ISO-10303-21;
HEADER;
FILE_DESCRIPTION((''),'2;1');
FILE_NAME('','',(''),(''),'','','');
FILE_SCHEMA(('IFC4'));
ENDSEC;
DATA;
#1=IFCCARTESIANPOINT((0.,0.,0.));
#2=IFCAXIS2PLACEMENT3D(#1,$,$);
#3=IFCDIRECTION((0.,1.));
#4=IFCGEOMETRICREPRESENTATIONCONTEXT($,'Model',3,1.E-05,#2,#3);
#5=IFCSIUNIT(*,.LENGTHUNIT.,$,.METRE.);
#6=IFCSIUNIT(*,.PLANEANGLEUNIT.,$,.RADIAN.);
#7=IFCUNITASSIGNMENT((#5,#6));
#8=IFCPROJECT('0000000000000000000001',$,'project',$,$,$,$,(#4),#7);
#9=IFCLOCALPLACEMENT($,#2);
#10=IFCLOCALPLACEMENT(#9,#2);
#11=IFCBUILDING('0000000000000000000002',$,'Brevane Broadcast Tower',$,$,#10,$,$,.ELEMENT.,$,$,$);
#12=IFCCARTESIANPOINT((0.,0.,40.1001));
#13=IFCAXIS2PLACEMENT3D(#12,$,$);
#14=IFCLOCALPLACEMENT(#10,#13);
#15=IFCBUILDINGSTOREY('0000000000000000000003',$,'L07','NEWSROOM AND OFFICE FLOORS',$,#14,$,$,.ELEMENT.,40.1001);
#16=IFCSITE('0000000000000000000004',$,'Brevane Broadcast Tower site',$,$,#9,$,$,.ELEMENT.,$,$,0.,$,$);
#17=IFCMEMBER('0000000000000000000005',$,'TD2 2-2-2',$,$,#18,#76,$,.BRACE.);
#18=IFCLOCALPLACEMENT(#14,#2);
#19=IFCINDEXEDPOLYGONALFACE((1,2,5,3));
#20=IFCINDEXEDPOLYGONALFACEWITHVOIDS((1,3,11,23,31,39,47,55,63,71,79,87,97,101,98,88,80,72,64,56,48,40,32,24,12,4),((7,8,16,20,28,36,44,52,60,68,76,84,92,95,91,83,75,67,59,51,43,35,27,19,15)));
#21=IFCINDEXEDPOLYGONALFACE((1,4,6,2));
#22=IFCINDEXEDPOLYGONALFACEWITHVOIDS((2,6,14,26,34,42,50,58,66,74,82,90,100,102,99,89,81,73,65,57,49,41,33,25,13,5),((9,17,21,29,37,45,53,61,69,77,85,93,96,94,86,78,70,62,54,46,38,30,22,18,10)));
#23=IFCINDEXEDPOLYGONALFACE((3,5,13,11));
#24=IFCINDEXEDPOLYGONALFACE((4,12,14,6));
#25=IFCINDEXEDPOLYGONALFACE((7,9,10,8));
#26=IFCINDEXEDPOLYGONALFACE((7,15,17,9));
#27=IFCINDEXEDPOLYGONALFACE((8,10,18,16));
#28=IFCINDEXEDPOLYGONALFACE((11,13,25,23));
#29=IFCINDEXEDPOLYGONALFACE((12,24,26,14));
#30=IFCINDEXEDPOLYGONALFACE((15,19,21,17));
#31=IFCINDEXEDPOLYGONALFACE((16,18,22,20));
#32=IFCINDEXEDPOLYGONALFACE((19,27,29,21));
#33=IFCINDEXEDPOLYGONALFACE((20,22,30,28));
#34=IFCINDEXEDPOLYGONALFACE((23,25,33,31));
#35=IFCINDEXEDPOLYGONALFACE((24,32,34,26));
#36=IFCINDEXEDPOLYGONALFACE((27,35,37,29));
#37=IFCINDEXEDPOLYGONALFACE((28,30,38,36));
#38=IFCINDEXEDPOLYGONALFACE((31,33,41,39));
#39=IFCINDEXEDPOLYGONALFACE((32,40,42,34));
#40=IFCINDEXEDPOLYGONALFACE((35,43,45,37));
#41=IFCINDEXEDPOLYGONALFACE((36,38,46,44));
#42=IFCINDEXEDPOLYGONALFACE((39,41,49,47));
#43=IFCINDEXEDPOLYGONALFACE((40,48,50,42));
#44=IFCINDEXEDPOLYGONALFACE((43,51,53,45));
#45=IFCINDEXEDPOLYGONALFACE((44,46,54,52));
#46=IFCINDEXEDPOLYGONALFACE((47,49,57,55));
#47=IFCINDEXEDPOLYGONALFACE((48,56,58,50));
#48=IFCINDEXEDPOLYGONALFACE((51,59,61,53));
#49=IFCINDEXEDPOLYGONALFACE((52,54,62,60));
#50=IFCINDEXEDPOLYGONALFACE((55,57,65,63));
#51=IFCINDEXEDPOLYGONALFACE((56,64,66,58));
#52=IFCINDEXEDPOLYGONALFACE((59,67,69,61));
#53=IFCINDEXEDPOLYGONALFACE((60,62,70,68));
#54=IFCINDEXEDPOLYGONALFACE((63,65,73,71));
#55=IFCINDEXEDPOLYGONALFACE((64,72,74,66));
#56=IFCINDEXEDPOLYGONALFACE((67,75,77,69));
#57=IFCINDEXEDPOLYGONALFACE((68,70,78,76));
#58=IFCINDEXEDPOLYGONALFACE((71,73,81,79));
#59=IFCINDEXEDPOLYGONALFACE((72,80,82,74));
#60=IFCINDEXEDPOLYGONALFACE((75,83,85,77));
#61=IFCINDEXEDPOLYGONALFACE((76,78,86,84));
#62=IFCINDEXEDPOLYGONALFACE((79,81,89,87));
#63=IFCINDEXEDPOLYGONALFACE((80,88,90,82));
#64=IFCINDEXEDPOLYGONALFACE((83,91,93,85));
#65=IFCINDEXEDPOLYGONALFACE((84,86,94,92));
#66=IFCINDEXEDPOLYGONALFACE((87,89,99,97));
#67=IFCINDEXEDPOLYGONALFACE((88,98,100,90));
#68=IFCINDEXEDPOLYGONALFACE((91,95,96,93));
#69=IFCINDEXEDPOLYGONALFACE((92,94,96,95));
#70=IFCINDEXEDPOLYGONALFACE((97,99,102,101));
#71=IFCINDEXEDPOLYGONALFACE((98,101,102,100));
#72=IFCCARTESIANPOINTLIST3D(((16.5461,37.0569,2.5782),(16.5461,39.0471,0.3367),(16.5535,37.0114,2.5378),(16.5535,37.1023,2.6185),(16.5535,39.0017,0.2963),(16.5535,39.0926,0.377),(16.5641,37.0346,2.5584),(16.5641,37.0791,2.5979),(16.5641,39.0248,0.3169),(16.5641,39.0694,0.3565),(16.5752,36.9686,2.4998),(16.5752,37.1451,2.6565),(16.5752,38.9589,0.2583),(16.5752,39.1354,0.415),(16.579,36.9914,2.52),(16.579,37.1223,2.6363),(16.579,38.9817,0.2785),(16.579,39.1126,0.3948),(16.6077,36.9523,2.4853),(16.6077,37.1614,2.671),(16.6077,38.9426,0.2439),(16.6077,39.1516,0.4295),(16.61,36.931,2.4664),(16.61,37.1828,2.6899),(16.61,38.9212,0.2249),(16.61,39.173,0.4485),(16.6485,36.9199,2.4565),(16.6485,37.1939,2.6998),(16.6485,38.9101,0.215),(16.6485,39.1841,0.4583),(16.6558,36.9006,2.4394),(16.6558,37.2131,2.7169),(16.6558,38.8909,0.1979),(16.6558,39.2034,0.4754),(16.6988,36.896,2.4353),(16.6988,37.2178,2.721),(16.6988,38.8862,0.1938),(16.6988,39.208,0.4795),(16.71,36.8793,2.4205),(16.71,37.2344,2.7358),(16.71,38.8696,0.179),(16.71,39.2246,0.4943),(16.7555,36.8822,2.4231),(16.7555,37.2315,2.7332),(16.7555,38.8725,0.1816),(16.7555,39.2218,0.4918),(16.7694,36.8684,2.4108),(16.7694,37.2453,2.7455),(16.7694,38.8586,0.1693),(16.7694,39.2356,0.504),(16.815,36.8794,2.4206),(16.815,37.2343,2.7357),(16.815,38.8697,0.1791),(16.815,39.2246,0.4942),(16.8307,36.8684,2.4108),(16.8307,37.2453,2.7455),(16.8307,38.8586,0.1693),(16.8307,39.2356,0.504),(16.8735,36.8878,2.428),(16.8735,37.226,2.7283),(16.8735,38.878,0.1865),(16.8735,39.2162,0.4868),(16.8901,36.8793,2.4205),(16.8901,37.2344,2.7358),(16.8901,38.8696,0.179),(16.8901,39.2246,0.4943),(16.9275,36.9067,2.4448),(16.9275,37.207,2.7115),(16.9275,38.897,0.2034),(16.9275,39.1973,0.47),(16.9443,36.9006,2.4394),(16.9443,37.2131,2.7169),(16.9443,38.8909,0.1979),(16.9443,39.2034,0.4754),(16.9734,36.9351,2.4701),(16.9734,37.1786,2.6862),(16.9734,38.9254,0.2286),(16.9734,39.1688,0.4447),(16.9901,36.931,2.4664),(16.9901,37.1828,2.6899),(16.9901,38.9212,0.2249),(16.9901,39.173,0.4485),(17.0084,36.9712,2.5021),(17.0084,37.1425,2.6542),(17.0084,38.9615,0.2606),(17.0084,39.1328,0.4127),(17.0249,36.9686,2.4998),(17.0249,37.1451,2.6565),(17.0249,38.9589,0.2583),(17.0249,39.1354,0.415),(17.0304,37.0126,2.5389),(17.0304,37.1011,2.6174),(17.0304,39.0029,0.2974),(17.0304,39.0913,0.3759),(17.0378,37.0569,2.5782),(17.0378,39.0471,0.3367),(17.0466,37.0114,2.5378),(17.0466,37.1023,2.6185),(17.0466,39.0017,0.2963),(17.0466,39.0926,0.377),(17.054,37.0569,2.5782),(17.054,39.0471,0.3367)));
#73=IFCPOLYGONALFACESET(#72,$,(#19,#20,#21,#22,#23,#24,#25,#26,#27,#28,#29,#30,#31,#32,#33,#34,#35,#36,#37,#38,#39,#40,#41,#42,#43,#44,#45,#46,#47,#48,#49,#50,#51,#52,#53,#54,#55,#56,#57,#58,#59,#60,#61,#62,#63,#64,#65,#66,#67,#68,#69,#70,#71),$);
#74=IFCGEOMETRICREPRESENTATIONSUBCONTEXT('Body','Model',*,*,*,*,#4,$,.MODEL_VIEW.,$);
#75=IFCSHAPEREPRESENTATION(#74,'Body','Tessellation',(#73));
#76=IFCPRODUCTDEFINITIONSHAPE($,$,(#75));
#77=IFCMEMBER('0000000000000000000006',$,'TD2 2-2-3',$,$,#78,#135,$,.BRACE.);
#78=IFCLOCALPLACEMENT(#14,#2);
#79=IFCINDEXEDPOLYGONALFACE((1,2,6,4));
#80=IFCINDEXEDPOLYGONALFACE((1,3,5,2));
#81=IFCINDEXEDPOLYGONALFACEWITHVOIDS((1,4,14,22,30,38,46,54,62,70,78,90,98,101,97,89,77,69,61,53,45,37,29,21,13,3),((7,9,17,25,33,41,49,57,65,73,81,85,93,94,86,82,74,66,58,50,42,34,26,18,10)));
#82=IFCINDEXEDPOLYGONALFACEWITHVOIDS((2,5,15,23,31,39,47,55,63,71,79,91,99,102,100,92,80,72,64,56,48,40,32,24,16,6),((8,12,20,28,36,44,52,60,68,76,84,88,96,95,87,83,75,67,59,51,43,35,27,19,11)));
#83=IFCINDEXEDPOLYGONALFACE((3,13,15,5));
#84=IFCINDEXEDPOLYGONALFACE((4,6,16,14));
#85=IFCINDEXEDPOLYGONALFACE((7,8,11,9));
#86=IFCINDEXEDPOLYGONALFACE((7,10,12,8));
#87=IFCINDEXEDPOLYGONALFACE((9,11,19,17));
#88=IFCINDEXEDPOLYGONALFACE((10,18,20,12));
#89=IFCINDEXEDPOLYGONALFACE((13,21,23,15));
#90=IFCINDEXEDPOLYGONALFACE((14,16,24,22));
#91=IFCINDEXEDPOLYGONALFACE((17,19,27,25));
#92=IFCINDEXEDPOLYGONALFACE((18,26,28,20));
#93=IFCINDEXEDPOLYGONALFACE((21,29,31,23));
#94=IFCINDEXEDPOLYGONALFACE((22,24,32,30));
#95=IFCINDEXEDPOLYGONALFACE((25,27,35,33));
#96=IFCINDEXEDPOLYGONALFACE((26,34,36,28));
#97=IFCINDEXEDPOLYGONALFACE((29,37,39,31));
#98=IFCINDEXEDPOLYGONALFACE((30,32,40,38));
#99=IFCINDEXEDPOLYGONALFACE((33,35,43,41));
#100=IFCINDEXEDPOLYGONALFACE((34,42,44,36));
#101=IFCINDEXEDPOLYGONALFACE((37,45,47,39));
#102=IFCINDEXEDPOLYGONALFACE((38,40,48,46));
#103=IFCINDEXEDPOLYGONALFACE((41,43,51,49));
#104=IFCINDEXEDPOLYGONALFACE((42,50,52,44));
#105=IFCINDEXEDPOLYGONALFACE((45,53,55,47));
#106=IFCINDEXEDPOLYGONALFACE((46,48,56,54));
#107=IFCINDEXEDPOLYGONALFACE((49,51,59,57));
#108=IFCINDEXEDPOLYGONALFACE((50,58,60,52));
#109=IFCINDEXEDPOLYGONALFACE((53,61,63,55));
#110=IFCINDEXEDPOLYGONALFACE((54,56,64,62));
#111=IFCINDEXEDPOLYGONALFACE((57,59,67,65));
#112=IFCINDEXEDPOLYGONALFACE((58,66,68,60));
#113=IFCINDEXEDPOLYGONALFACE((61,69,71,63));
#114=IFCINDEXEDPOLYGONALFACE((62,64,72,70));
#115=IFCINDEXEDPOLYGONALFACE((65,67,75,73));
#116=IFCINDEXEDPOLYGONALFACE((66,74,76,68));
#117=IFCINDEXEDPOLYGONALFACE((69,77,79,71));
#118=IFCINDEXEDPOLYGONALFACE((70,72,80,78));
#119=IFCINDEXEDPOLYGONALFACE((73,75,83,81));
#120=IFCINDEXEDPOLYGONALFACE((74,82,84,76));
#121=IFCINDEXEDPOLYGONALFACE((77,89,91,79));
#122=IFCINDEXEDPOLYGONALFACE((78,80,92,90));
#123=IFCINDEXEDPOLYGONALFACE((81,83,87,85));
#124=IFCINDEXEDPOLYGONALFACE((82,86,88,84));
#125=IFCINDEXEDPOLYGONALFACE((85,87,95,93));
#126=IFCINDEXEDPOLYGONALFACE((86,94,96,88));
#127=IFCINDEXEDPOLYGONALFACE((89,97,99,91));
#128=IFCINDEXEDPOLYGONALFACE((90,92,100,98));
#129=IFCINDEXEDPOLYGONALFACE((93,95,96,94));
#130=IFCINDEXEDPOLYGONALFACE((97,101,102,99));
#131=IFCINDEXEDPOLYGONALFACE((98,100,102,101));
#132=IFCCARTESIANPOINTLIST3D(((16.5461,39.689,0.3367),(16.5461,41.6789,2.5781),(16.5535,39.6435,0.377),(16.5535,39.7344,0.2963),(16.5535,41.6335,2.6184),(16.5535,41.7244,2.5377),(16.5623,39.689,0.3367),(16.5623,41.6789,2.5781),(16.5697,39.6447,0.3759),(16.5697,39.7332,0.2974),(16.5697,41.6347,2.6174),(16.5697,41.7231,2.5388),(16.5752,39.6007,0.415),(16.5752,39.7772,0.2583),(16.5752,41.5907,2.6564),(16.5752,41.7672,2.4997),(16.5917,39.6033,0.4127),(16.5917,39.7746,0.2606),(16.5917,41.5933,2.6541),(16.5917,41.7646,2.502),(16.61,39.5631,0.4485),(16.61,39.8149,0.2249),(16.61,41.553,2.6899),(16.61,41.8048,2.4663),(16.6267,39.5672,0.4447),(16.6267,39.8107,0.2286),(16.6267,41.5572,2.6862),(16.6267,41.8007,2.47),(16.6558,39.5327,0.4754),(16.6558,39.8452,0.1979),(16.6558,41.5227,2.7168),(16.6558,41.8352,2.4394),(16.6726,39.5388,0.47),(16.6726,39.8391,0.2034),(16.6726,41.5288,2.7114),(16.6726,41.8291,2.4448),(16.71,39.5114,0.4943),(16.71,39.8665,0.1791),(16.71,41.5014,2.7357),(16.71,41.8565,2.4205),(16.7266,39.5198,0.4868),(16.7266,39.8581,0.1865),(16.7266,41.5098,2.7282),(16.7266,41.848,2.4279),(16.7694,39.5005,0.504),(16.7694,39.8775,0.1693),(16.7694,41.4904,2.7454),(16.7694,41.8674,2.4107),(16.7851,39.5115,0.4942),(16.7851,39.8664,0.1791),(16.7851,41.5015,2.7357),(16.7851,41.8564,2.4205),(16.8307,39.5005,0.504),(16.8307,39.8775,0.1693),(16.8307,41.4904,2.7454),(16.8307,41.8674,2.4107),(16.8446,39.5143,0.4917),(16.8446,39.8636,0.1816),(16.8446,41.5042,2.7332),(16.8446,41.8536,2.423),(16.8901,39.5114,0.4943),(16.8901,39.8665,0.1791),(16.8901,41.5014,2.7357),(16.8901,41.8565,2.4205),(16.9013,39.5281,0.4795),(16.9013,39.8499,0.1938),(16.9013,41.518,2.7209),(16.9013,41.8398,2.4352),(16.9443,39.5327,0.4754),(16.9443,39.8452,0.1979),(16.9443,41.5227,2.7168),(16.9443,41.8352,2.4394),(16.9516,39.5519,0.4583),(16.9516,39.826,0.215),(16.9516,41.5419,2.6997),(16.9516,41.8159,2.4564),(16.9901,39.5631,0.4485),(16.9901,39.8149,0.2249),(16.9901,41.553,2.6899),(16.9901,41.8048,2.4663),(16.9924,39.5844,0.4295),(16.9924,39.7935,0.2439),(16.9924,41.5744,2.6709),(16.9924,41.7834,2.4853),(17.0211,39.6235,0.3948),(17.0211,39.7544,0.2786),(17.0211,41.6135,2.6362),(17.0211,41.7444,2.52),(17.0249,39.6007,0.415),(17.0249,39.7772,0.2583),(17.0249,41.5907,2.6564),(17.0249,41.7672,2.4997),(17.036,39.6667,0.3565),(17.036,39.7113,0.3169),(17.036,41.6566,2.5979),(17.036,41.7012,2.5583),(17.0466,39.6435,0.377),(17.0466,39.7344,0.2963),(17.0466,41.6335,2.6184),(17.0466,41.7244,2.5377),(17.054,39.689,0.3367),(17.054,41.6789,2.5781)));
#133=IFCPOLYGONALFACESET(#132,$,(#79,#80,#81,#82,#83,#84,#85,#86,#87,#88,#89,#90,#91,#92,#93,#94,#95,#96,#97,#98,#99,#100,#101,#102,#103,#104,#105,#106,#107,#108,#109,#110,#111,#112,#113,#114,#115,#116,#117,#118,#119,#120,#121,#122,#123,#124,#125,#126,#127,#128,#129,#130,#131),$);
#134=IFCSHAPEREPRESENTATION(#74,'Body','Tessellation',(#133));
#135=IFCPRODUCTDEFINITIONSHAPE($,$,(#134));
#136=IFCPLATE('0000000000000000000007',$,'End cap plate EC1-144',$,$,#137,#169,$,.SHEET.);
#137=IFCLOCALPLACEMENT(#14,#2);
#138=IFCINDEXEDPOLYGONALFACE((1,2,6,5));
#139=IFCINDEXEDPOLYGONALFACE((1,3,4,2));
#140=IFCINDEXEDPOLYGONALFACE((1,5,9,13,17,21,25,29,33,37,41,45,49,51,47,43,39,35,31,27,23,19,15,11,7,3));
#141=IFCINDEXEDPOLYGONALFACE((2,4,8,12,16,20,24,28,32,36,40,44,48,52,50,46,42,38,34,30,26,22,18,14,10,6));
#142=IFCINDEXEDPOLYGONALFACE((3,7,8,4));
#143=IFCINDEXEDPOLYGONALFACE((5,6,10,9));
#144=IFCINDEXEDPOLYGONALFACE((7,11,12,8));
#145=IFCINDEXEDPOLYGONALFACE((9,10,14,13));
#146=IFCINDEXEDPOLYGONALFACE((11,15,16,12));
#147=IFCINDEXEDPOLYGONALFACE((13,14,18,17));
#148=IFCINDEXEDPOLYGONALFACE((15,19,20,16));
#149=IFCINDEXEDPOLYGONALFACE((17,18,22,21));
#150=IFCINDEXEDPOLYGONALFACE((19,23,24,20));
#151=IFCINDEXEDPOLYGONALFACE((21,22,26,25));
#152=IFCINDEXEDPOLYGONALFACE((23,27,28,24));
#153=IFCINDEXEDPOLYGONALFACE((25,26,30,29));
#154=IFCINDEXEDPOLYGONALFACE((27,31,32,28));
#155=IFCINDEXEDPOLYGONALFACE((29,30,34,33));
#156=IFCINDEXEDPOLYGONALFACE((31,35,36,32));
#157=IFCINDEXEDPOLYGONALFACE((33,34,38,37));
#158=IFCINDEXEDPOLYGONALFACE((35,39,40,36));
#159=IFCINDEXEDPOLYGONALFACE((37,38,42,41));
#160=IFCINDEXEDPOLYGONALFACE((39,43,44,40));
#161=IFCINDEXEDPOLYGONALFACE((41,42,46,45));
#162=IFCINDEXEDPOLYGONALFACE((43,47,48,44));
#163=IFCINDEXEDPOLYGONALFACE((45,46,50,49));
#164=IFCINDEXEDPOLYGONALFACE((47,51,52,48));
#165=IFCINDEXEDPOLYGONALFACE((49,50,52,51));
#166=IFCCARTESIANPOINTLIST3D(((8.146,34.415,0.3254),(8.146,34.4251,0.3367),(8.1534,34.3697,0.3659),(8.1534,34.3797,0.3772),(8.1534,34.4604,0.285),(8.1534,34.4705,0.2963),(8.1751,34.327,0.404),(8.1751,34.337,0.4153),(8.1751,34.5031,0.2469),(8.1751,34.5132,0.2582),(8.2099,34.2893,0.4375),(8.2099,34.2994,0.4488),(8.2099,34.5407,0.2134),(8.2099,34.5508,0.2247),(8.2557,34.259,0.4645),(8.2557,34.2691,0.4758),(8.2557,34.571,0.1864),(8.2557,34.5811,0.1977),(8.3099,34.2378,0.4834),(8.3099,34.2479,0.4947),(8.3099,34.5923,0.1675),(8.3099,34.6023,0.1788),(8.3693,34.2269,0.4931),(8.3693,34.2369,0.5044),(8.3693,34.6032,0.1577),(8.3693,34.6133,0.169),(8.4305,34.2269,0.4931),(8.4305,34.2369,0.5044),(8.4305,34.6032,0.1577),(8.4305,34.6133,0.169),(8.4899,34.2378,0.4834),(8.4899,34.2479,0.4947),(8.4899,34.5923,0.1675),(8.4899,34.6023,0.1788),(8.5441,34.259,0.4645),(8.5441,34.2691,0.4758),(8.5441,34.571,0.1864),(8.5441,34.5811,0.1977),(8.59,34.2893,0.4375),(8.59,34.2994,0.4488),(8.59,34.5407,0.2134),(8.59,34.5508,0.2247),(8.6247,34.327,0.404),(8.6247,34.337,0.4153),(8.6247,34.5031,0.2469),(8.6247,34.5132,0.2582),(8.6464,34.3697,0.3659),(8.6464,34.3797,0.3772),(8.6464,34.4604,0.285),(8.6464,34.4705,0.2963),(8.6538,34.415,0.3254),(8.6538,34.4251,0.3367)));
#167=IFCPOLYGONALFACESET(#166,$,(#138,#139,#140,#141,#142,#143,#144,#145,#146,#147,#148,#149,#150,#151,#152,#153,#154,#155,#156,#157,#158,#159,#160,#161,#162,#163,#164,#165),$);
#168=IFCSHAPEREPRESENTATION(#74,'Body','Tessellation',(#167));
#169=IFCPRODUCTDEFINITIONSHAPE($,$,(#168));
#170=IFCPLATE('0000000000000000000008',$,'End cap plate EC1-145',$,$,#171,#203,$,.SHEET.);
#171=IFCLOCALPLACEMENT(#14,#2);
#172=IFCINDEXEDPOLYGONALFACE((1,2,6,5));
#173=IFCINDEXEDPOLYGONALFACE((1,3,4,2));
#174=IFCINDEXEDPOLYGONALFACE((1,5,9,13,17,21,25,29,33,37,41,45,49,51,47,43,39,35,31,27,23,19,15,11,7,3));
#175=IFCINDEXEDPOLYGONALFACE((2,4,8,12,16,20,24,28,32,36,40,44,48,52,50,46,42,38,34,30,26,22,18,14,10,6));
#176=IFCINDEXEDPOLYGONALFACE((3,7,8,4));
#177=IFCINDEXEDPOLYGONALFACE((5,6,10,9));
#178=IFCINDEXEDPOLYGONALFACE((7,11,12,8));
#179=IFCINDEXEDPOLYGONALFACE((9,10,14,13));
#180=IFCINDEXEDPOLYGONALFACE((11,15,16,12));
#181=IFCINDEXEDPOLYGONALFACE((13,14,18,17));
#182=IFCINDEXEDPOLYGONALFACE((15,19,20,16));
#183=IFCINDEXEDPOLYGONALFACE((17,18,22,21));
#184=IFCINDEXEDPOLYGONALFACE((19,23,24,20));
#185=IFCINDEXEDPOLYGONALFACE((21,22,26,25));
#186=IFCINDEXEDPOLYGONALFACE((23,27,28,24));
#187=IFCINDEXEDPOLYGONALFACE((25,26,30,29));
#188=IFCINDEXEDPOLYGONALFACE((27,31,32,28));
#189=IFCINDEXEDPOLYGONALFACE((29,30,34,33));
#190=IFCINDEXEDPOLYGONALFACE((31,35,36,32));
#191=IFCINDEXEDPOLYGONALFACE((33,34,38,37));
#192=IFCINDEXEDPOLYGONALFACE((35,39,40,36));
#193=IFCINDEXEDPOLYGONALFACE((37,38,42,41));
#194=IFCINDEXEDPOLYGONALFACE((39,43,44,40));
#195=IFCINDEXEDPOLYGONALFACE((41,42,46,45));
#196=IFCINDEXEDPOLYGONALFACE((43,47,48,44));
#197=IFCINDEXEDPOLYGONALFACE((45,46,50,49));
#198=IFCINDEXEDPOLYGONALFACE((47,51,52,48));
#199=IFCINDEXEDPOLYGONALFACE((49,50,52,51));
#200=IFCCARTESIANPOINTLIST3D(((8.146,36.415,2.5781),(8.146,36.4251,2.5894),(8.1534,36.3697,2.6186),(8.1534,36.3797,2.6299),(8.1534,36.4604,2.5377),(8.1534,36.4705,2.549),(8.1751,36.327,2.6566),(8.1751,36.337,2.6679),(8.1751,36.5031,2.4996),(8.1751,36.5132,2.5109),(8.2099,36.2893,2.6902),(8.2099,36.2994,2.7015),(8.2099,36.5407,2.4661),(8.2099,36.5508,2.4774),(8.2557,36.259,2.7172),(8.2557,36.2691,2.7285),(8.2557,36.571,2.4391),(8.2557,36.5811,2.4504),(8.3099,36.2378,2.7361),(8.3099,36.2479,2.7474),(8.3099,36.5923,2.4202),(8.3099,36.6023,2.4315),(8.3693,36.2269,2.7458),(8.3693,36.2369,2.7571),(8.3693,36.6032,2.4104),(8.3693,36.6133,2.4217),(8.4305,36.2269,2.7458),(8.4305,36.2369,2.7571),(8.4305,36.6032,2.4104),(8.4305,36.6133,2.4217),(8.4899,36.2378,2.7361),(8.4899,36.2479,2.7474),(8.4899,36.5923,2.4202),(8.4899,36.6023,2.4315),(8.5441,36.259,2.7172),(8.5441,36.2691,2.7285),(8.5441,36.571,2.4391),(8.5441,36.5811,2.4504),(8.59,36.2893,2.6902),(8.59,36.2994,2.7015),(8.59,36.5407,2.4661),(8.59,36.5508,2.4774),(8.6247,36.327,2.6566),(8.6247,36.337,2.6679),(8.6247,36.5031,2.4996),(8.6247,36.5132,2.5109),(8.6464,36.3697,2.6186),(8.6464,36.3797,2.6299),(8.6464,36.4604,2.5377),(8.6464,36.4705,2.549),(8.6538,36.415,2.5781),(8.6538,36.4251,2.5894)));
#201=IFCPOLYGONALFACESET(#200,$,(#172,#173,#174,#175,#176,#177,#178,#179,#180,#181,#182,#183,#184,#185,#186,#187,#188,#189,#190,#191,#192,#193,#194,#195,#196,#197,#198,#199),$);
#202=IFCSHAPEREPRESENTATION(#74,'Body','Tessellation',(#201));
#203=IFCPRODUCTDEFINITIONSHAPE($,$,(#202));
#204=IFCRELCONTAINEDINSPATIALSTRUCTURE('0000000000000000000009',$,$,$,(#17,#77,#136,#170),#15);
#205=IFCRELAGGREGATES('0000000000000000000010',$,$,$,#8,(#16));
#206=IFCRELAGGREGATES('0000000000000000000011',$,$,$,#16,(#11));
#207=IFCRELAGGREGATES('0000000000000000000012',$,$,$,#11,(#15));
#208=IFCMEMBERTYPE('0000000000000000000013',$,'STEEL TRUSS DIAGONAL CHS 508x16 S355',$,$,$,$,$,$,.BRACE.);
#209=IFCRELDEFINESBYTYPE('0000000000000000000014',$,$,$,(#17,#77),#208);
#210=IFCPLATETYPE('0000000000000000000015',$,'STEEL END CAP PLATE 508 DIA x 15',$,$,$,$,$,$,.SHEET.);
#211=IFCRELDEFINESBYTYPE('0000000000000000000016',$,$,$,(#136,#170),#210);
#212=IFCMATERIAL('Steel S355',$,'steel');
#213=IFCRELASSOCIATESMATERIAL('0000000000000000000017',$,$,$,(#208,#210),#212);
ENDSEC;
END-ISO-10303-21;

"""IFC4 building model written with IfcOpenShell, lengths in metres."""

from ifc_helpers import new_model, si_unit, direction, frame, origin, origin_2d, place, context, subcontext, project, spatial, circle, hollow_circle, extrude, material, material_profile, profile_set, type_object, element, save


model = new_model("IFC4")

# Units and contexts
model_context = context("Model", 3, precision=1e-05, world=origin(), true_north=direction((0.0, 1.0)))
body_context = subcontext(model_context, "Body", "Model", "MODEL_VIEW")
ifc_project = project(units=[si_unit("LENGTHUNIT", "METRE"), si_unit("PLANEANGLEUNIT", "RADIAN")], contexts=[model_context])

# Site, building, storey
site_placement = place(None, origin())
site = spatial("IfcSite", under=ifc_project, at=site_placement, Name="Brevane Broadcast Tower site", CompositionType="ELEMENT", RefElevation=0.0)
building_placement = place(site_placement, origin())
building = spatial("IfcBuilding", under=site, at=building_placement, Name="Brevane Broadcast Tower", CompositionType="ELEMENT")
storey_placement = place(building_placement, frame((0.0, 0.0, 40.1001)))
storey = spatial("IfcBuildingStorey", under=building, at=storey_placement, Name="L07", Description="NEWSROOM AND OFFICE FLOORS", CompositionType="ELEMENT", Elevation=40.1001)

# Shared definitions
ifc_material_1 = material(Name="Steel S355", Category="steel")

# Members
ifc_material_profile_1 = material_profile(ifc_material_1, hollow_circle(Radius=0.2539, WallThickness=0.0161, at=origin_2d()), Name="CHS 508x16")
ifc_profile_set_1 = profile_set([ifc_material_profile_1], Name="Steel S355")
member_type_1 = type_object("IfcMemberType", Name="STEEL TRUSS DIAGONAL CHS 508x16 S355", PredefinedType="BRACE", material=ifc_profile_set_1)
member_1_placement = place(storey_placement, frame((16.8, 39.0471, 0.3367), z_axis=(0.0, -0.663959, 0.747769), x_axis=(1.0, 0.0, 0.0)))
element("IfcMember", 1, at=member_1_placement, inside=storey, type_object=member_type_1, Name="TD2 2-2-2", PredefinedType="BRACE", context=body_context, shape_type="SweptSolid", body=[
    extrude(hollow_circle(Radius=0.2539, WallThickness=0.0161, at=origin_2d()), origin(), (0.0, 0.0, 1.0), 2.9976),
])
member_2_placement = place(storey_placement, frame((16.8, 39.689, 0.3367), z_axis=(0.0, 0.663914, 0.747809), x_axis=(-1.0, 0.0, 0.0)))
element("IfcMember", 2, at=member_2_placement, inside=storey, type_object=member_type_1, Name="TD2 2-2-3", PredefinedType="BRACE", context=body_context, shape_type="SweptSolid", body=[
    extrude(hollow_circle(Radius=0.2539, WallThickness=0.0161, at=origin_2d()), origin(), (0.0, 0.0, 1.0), 2.9973),
])

# Plates
ifc_material_profile_2 = material_profile(ifc_material_1, circle(Radius=0.2539, at=origin_2d()), Name="PL 508 DIA x 15")
ifc_profile_set_2 = profile_set([ifc_material_profile_2], Name="Steel S355")
plate_type = type_object("IfcPlateType", Name="STEEL END CAP PLATE 508 DIA x 15", PredefinedType="SHEET", material=ifc_profile_set_2)
for number, where, z_axis, x_axis, name in (
    (3, (8.3999, 34.415, 0.3254), (0.0, 0.665371, 0.746513), (-1.0, 0.0, 0.0), "End cap plate EC1-144"),
    (4, (8.3999, 36.415, 2.5781), (0.0, 0.665371, 0.746513), (-1.0, 0.0, 0.0), "End cap plate EC1-145"),
):
    element("IfcPlate", number, at=place(storey_placement, frame(where, z_axis=z_axis, x_axis=x_axis)), inside=storey, type_object=plate_type, Name=name, PredefinedType="SHEET", context=body_context, shape_type="SweptSolid", body=[
        extrude(circle(Radius=0.2539, at=origin_2d()), origin(), (0.0, 0.0, 1.0), 0.0151),
    ])

save(model, "model.ifc")
